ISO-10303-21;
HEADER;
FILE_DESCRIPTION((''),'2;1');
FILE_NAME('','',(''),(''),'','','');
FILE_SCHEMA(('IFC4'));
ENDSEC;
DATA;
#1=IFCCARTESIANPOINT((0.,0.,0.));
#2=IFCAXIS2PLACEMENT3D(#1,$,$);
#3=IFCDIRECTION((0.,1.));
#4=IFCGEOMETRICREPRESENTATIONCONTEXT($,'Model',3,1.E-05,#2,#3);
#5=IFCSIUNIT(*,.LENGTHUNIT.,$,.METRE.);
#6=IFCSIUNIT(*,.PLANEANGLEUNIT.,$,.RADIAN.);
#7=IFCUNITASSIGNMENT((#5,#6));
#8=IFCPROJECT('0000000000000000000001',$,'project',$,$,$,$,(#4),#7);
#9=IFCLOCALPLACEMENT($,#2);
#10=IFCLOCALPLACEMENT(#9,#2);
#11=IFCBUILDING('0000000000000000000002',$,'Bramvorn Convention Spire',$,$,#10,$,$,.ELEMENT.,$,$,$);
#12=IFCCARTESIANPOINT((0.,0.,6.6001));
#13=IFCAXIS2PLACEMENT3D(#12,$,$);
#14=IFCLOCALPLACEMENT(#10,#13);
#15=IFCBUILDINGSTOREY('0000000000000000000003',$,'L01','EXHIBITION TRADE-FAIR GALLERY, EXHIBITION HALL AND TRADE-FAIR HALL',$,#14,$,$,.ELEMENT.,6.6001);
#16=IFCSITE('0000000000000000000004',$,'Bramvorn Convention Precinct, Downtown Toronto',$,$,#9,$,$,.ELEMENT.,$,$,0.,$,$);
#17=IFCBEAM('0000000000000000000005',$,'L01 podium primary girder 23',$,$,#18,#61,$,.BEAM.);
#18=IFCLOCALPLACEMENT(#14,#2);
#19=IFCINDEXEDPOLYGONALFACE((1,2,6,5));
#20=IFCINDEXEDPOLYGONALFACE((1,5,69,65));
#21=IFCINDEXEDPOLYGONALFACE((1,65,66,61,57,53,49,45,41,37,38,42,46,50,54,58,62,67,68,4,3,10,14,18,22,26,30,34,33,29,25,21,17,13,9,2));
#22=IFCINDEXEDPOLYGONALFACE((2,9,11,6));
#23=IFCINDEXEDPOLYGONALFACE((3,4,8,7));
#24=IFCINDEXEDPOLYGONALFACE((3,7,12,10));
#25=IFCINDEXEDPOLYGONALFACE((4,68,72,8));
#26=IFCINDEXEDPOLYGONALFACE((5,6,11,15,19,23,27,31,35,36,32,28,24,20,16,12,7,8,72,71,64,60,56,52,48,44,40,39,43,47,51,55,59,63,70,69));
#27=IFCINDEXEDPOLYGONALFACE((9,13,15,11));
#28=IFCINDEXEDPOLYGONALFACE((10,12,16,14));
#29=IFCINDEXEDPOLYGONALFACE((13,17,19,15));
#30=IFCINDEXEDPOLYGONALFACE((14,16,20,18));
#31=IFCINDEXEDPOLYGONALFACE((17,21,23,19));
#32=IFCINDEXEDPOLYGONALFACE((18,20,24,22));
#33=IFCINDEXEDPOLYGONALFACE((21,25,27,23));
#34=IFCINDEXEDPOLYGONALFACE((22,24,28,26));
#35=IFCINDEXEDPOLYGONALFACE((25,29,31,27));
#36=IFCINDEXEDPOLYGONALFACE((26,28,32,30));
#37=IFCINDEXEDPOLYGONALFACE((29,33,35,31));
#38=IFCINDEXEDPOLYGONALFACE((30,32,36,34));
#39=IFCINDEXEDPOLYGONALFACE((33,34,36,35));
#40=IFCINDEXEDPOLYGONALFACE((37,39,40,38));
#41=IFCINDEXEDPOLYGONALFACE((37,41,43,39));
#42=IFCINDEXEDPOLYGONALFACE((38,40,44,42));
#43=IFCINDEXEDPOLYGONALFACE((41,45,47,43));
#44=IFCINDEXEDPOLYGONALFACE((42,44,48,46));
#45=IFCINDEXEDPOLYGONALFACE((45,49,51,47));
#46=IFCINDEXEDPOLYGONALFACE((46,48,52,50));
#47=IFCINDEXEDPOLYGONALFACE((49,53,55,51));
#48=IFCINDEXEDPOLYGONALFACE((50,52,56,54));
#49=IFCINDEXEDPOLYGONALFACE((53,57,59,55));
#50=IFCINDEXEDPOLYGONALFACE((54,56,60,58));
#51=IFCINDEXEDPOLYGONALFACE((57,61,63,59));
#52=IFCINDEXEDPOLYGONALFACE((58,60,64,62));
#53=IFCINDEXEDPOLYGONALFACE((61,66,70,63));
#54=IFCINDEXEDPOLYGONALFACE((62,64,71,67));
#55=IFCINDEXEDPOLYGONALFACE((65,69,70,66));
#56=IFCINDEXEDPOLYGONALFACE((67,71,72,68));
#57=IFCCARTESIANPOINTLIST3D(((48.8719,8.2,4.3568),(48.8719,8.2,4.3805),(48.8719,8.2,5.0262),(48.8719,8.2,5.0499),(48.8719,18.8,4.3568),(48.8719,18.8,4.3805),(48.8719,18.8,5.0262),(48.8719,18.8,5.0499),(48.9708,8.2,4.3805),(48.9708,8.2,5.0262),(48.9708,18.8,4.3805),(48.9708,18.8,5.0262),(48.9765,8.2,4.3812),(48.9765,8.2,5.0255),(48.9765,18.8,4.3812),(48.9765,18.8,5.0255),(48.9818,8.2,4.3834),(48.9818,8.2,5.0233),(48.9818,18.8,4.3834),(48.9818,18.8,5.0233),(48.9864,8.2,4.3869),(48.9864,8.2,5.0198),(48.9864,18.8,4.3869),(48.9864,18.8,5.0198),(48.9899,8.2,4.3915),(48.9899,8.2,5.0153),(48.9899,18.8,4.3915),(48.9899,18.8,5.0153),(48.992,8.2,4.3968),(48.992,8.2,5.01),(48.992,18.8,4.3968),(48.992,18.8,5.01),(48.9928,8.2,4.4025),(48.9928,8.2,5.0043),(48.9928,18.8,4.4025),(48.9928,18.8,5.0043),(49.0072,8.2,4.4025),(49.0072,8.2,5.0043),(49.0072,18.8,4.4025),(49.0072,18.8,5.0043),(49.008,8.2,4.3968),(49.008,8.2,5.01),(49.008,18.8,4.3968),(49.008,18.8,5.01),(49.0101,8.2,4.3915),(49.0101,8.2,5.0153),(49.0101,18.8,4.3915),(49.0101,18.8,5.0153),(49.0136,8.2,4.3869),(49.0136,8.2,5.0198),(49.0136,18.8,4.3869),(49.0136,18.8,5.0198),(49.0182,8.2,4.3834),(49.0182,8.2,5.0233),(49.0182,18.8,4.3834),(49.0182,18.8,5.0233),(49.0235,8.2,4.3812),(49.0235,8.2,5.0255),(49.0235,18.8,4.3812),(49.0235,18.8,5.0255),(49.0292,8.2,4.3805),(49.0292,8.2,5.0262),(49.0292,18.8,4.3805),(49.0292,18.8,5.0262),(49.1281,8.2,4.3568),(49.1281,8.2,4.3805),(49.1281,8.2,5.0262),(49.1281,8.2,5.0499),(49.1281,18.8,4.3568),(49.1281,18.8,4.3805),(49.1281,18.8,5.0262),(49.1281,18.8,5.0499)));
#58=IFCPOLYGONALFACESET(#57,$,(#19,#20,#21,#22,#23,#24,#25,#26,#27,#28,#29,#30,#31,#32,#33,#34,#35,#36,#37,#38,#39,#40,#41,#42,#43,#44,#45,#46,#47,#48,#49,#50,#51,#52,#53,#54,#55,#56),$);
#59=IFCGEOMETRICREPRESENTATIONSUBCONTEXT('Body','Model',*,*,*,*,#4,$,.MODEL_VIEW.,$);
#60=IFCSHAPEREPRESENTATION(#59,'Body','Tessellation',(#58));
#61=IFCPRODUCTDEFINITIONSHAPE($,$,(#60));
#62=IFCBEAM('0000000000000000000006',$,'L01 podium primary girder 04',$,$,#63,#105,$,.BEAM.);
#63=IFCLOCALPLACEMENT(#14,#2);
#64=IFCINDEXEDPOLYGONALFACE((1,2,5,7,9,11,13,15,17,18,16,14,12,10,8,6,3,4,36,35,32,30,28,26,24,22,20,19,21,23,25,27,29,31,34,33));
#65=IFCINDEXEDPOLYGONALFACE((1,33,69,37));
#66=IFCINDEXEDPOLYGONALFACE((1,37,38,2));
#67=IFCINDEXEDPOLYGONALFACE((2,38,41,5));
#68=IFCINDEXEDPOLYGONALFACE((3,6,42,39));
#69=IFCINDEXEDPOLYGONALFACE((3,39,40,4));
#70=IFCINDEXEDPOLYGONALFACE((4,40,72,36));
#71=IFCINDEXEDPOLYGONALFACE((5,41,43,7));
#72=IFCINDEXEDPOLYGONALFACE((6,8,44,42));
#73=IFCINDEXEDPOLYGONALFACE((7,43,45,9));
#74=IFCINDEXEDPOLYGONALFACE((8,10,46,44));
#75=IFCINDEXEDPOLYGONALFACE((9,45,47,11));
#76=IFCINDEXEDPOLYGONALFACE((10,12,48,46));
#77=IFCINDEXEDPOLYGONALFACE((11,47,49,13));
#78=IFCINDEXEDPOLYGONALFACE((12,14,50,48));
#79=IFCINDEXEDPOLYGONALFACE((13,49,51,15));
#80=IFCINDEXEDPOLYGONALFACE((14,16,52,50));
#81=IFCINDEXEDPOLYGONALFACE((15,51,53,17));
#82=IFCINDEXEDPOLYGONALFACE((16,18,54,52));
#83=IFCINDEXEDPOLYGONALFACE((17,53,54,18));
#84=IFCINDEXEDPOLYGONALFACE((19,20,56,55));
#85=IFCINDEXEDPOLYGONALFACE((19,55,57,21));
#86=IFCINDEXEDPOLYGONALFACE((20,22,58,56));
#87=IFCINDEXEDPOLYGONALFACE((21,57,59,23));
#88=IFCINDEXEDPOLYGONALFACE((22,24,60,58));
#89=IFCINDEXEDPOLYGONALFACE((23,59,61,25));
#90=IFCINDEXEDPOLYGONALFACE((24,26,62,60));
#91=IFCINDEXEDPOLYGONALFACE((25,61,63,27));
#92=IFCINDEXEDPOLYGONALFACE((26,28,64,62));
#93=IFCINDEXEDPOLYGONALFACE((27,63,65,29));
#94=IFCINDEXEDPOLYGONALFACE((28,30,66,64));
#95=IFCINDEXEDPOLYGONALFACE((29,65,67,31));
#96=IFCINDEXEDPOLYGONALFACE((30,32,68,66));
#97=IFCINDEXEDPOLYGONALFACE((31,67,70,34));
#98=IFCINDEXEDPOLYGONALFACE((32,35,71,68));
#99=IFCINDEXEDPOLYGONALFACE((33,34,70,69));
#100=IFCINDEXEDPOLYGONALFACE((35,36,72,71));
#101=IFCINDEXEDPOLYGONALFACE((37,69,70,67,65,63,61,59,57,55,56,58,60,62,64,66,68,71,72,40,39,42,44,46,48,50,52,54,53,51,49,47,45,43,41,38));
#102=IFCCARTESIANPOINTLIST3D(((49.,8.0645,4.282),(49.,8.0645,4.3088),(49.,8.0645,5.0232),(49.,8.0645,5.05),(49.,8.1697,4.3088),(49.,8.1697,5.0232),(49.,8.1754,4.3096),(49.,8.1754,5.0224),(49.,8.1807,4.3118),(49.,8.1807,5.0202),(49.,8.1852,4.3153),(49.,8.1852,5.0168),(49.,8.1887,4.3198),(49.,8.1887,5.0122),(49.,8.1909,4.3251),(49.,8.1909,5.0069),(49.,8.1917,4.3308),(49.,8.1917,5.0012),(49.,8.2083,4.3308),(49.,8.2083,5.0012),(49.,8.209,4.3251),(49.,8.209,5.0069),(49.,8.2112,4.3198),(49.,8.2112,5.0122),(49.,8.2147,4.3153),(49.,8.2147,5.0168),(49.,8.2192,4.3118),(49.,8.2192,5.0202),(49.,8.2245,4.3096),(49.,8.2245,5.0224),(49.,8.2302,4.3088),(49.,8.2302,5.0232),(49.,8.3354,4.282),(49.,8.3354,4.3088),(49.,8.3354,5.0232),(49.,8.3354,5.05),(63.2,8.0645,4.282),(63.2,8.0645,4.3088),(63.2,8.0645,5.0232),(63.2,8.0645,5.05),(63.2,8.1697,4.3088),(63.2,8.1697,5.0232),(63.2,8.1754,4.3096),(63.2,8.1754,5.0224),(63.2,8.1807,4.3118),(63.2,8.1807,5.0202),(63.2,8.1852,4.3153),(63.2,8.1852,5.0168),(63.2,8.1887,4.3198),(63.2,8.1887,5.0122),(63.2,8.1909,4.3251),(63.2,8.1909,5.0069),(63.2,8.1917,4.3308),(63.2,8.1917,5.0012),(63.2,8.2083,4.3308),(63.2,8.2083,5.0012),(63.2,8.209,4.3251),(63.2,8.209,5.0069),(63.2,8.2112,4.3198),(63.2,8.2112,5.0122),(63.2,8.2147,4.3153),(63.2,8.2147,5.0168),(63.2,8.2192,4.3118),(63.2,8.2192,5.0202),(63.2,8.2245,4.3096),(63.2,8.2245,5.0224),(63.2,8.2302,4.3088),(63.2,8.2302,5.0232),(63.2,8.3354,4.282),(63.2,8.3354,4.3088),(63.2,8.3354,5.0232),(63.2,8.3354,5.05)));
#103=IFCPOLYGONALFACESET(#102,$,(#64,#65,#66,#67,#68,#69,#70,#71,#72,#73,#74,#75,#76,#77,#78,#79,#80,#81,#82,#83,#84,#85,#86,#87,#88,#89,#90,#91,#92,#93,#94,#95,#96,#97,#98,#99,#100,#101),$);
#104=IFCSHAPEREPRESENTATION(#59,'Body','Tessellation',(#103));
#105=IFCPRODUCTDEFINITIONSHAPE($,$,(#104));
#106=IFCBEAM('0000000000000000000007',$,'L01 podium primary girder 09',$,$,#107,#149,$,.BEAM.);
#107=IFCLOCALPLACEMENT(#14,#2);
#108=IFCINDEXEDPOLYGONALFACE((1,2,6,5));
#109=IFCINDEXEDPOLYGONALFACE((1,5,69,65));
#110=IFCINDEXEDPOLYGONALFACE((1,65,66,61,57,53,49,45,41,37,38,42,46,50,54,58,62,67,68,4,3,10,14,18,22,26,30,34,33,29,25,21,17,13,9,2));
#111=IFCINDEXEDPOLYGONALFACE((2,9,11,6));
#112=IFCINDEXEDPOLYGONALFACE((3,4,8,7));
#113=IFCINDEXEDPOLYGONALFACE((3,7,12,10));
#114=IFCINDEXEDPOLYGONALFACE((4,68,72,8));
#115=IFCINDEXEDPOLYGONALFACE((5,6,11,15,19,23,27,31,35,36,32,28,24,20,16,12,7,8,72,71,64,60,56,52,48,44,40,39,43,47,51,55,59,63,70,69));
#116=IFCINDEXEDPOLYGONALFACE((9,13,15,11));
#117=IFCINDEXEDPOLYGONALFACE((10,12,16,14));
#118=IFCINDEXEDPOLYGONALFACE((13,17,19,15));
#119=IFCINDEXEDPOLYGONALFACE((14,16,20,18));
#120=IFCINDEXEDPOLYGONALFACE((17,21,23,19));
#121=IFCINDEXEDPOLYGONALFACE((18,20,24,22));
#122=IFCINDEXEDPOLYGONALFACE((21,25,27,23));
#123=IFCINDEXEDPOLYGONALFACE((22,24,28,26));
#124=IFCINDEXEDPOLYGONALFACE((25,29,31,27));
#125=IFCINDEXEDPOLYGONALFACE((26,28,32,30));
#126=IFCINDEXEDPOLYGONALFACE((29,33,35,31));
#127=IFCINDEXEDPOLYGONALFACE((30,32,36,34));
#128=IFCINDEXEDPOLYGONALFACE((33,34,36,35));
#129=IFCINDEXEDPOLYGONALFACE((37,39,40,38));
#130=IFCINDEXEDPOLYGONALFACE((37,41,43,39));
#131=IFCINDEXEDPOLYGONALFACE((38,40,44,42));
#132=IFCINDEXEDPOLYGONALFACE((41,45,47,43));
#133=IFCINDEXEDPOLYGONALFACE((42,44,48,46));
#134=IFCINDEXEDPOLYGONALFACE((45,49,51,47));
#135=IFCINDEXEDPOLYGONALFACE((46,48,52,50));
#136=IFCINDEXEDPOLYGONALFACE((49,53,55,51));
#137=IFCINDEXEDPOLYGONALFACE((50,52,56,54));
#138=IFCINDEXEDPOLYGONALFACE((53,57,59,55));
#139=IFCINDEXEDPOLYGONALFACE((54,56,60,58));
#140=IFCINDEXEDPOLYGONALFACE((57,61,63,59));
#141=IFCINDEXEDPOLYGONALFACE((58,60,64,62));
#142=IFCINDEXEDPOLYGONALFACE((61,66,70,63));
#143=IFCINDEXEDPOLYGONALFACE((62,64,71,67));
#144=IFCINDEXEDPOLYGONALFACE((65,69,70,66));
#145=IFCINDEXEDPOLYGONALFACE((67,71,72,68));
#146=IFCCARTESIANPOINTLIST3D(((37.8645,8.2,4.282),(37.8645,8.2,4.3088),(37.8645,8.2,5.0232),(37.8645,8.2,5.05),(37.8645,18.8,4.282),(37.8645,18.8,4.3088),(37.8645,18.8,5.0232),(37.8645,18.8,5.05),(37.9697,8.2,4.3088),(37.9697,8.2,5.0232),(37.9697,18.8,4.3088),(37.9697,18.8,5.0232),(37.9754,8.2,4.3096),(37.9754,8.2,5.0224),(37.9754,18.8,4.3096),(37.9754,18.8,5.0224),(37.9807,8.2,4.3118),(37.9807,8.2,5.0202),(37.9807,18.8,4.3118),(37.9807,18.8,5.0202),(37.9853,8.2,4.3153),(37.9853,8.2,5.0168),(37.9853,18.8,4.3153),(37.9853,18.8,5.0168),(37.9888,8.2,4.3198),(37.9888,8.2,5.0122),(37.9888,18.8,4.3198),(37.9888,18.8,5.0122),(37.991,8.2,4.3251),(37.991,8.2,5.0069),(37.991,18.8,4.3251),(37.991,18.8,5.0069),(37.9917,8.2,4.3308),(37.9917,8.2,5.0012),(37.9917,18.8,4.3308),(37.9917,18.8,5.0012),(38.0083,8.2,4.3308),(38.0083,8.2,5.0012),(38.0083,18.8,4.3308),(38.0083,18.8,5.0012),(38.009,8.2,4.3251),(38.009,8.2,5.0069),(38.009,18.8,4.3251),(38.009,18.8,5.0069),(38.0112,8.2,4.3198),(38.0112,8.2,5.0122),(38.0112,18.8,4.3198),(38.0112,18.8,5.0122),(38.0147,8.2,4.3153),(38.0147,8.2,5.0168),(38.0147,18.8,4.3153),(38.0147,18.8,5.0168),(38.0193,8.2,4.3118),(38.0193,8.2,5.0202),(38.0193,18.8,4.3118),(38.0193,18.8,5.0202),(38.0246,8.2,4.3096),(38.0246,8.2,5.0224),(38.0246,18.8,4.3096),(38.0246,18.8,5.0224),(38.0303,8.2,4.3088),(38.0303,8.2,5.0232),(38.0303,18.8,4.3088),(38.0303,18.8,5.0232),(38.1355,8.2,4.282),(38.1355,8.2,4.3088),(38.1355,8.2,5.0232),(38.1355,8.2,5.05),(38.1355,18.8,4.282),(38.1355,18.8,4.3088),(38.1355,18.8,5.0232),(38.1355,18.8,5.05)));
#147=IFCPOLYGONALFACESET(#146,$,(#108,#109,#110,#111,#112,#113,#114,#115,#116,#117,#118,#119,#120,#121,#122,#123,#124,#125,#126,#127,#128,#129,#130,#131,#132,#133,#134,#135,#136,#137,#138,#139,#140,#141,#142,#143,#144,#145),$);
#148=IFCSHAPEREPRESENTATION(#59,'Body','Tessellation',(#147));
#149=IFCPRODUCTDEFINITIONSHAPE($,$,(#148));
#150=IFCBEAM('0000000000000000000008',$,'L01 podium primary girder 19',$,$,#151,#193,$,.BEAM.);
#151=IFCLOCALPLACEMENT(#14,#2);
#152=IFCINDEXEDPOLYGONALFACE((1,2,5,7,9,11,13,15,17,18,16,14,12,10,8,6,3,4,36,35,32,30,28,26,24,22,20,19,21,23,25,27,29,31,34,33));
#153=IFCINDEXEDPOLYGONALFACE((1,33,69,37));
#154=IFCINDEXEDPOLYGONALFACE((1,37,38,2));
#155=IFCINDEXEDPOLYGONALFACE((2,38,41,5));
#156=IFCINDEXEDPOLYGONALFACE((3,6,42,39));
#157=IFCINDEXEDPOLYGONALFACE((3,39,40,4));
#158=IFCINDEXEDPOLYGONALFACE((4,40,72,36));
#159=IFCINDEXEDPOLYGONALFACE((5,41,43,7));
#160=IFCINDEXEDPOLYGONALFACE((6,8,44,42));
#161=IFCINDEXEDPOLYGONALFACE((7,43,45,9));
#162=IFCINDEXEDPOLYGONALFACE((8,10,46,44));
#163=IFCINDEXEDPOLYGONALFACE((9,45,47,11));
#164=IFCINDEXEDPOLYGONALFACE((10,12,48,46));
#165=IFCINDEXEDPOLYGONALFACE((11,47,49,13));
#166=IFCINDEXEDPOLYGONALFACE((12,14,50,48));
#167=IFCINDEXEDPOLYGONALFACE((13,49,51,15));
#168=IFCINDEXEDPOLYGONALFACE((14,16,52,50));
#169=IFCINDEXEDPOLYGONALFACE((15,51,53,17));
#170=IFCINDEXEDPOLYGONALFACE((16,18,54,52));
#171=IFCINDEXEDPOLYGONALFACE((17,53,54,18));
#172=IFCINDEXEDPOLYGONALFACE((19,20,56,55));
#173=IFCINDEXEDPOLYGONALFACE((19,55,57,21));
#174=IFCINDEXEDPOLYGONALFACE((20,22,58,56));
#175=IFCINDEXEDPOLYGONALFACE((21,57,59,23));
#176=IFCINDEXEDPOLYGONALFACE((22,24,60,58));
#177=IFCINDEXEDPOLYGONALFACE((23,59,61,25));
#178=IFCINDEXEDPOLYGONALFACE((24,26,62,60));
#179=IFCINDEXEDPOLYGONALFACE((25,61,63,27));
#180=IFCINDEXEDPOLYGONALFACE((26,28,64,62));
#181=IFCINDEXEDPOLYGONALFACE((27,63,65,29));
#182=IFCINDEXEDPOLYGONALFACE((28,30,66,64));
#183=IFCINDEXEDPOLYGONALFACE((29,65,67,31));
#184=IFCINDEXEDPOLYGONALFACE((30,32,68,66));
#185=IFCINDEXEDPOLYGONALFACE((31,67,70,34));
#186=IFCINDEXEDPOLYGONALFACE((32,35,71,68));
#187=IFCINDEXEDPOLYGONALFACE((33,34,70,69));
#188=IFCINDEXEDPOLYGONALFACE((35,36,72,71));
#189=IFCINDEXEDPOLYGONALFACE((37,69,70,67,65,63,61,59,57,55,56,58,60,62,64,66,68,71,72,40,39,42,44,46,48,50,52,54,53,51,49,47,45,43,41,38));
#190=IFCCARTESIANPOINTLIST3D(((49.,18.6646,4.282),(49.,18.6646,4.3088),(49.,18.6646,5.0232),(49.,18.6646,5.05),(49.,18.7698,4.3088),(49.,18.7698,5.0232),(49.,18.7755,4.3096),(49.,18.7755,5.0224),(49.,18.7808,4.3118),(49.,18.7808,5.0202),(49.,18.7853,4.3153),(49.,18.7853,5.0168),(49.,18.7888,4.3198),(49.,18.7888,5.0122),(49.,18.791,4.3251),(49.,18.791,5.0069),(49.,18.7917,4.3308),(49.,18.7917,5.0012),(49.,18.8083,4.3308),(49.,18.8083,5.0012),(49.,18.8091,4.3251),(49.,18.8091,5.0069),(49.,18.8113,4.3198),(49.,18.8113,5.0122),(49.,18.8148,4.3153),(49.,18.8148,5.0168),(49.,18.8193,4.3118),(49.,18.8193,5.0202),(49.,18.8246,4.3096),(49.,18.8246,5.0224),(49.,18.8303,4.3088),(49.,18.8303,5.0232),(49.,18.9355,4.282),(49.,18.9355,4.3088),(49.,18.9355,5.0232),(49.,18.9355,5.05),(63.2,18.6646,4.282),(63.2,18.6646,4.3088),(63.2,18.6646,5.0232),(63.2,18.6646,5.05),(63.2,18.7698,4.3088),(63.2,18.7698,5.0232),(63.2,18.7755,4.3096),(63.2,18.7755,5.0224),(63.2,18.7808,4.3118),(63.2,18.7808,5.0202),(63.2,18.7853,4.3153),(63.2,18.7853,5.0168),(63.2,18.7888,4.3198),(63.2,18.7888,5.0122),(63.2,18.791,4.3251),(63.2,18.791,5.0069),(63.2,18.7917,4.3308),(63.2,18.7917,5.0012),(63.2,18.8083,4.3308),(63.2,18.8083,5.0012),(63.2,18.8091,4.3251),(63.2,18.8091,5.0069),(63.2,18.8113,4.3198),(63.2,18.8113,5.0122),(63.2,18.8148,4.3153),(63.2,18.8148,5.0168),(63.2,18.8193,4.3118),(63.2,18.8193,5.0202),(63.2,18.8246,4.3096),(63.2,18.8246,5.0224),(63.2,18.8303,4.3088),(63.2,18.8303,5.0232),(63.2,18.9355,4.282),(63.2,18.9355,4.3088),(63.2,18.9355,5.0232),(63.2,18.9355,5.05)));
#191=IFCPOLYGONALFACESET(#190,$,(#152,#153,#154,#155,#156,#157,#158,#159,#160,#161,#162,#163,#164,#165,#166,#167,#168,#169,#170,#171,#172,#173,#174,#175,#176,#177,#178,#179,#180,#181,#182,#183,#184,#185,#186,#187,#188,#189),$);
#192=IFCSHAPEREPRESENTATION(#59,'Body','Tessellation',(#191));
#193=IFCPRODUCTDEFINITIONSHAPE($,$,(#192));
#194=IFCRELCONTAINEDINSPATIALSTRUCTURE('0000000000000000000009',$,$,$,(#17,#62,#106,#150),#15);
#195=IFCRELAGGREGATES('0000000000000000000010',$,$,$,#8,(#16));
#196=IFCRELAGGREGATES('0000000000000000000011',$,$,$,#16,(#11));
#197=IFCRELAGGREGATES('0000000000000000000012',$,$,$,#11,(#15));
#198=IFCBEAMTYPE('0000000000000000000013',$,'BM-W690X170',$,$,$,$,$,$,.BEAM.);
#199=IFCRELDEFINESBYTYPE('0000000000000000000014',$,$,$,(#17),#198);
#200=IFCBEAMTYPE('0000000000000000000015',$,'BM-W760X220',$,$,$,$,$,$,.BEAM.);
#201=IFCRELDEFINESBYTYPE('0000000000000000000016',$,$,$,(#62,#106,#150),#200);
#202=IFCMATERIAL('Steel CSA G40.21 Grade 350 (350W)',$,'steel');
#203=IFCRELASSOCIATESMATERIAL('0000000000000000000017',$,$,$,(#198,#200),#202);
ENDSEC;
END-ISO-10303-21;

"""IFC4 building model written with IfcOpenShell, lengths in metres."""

from ifc_helpers import new_model, si_unit, direction, frame, origin, origin_2d, place, context, subcontext, project, spatial, i_section, extrude, material, material_profile, profile_set, type_object, element, save


model = new_model("IFC4")

# Units and contexts
model_context = context("Model", 3, precision=1e-05, world=origin(), true_north=direction((0.0, 1.0)))
body_context = subcontext(model_context, "Body", "Model", "MODEL_VIEW")
ifc_project = project(units=[si_unit("LENGTHUNIT", "METRE"), si_unit("PLANEANGLEUNIT", "RADIAN")], contexts=[model_context])

# Site, building, storey
site_placement = place(None, origin())
site = spatial("IfcSite", under=ifc_project, at=site_placement, Name="Bramvorn Convention Precinct, Downtown Toronto", CompositionType="ELEMENT", RefElevation=0.0)
building_placement = place(site_placement, origin())
building = spatial("IfcBuilding", under=site, at=building_placement, Name="Bramvorn Convention Spire", CompositionType="ELEMENT")
storey_placement = place(building_placement, frame((0.0, 0.0, 6.6001)))
storey = spatial("IfcBuildingStorey", under=building, at=storey_placement, Name="L01", Description="EXHIBITION TRADE-FAIR GALLERY, EXHIBITION HALL AND TRADE-FAIR HALL", CompositionType="ELEMENT", Elevation=6.6001)

# Shared definitions
ifc_material_1 = material(Name="Steel CSA G40.21 Grade 350 (350W)", Category="steel")

# Beams
ifc_material_profile_1 = material_profile(ifc_material_1, i_section(OverallWidth=0.2561, OverallDepth=0.6931, WebThickness=0.0144, FlangeThickness=0.0237, FilletRadius=0.022, at=origin_2d()))
ifc_profile_set_1 = profile_set([ifc_material_profile_1], Name="Steel CSA G40.21 Grade 350 (350W) - W690X170")
beam_type_1 = type_object("IfcBeamType", Name="BM-W690X170", PredefinedType="BEAM", material=ifc_profile_set_1)
beam_1_placement = place(storey_placement, frame((49.0, 8.2, 4.7034), z_axis=(0.0, 1.0, 0.0), x_axis=(-1.0, 0.0, 0.0)))
element("IfcBeam", 1, at=beam_1_placement, inside=storey, type_object=beam_type_1, Name="L01 podium primary girder 23", PredefinedType="BEAM", context=body_context, shape_type="SweptSolid", body=[
    extrude(i_section(OverallWidth=0.2561, OverallDepth=0.6931, WebThickness=0.0144, FlangeThickness=0.0237, FilletRadius=0.022, at=origin_2d()), origin(), (0.0, 0.0, 1.0), 10.6001),
])
ifc_material_profile_2 = material_profile(ifc_material_1, i_section(OverallWidth=0.271, OverallDepth=0.7681, WebThickness=0.0166, FlangeThickness=0.0269, FilletRadius=0.022, at=origin_2d()))
ifc_profile_set_2 = profile_set([ifc_material_profile_2], Name="Steel CSA G40.21 Grade 350 (350W) - W760X220")
beam_type_2 = type_object("IfcBeamType", Name="BM-W760X220", PredefinedType="BEAM", material=ifc_profile_set_2)
beam_2_placement = place(storey_placement, frame((49.0, 8.2, 4.666), z_axis=(1.0, 0.0, 0.0), x_axis=(0.0, 1.0, 0.0)))
element("IfcBeam", 2, at=beam_2_placement, inside=storey, type_object=beam_type_2, Name="L01 podium primary girder 04", PredefinedType="BEAM", context=body_context, shape_type="SweptSolid", body=[
    extrude(i_section(OverallWidth=0.271, OverallDepth=0.7681, WebThickness=0.0166, FlangeThickness=0.0269, FilletRadius=0.022, at=origin_2d()), origin(), (0.0, 0.0, 1.0), 14.2),
])
beam_3_placement = place(storey_placement, frame((38.0, 8.2, 4.666), z_axis=(0.0, 1.0, 0.0), x_axis=(-1.0, 0.0, 0.0)))
element("IfcBeam", 3, at=beam_3_placement, inside=storey, type_object=beam_type_2, Name="L01 podium primary girder 09", PredefinedType="BEAM", context=body_context, shape_type="SweptSolid", body=[
    extrude(i_section(OverallWidth=0.271, OverallDepth=0.7681, WebThickness=0.0166, FlangeThickness=0.0269, FilletRadius=0.022, at=origin_2d()), origin(), (0.0, 0.0, 1.0), 10.6001),
])
beam_4_placement = place(storey_placement, frame((49.0, 18.8, 4.666), z_axis=(1.0, 0.0, 0.0), x_axis=(0.0, 1.0, 0.0)))
element("IfcBeam", 4, at=beam_4_placement, inside=storey, type_object=beam_type_2, Name="L01 podium primary girder 19", PredefinedType="BEAM", context=body_context, shape_type="SweptSolid", body=[
    extrude(i_section(OverallWidth=0.271, OverallDepth=0.7681, WebThickness=0.0166, FlangeThickness=0.0269, FilletRadius=0.022, at=origin_2d()), origin(), (0.0, 0.0, 1.0), 14.2),
])

save(model, "model.ifc")
